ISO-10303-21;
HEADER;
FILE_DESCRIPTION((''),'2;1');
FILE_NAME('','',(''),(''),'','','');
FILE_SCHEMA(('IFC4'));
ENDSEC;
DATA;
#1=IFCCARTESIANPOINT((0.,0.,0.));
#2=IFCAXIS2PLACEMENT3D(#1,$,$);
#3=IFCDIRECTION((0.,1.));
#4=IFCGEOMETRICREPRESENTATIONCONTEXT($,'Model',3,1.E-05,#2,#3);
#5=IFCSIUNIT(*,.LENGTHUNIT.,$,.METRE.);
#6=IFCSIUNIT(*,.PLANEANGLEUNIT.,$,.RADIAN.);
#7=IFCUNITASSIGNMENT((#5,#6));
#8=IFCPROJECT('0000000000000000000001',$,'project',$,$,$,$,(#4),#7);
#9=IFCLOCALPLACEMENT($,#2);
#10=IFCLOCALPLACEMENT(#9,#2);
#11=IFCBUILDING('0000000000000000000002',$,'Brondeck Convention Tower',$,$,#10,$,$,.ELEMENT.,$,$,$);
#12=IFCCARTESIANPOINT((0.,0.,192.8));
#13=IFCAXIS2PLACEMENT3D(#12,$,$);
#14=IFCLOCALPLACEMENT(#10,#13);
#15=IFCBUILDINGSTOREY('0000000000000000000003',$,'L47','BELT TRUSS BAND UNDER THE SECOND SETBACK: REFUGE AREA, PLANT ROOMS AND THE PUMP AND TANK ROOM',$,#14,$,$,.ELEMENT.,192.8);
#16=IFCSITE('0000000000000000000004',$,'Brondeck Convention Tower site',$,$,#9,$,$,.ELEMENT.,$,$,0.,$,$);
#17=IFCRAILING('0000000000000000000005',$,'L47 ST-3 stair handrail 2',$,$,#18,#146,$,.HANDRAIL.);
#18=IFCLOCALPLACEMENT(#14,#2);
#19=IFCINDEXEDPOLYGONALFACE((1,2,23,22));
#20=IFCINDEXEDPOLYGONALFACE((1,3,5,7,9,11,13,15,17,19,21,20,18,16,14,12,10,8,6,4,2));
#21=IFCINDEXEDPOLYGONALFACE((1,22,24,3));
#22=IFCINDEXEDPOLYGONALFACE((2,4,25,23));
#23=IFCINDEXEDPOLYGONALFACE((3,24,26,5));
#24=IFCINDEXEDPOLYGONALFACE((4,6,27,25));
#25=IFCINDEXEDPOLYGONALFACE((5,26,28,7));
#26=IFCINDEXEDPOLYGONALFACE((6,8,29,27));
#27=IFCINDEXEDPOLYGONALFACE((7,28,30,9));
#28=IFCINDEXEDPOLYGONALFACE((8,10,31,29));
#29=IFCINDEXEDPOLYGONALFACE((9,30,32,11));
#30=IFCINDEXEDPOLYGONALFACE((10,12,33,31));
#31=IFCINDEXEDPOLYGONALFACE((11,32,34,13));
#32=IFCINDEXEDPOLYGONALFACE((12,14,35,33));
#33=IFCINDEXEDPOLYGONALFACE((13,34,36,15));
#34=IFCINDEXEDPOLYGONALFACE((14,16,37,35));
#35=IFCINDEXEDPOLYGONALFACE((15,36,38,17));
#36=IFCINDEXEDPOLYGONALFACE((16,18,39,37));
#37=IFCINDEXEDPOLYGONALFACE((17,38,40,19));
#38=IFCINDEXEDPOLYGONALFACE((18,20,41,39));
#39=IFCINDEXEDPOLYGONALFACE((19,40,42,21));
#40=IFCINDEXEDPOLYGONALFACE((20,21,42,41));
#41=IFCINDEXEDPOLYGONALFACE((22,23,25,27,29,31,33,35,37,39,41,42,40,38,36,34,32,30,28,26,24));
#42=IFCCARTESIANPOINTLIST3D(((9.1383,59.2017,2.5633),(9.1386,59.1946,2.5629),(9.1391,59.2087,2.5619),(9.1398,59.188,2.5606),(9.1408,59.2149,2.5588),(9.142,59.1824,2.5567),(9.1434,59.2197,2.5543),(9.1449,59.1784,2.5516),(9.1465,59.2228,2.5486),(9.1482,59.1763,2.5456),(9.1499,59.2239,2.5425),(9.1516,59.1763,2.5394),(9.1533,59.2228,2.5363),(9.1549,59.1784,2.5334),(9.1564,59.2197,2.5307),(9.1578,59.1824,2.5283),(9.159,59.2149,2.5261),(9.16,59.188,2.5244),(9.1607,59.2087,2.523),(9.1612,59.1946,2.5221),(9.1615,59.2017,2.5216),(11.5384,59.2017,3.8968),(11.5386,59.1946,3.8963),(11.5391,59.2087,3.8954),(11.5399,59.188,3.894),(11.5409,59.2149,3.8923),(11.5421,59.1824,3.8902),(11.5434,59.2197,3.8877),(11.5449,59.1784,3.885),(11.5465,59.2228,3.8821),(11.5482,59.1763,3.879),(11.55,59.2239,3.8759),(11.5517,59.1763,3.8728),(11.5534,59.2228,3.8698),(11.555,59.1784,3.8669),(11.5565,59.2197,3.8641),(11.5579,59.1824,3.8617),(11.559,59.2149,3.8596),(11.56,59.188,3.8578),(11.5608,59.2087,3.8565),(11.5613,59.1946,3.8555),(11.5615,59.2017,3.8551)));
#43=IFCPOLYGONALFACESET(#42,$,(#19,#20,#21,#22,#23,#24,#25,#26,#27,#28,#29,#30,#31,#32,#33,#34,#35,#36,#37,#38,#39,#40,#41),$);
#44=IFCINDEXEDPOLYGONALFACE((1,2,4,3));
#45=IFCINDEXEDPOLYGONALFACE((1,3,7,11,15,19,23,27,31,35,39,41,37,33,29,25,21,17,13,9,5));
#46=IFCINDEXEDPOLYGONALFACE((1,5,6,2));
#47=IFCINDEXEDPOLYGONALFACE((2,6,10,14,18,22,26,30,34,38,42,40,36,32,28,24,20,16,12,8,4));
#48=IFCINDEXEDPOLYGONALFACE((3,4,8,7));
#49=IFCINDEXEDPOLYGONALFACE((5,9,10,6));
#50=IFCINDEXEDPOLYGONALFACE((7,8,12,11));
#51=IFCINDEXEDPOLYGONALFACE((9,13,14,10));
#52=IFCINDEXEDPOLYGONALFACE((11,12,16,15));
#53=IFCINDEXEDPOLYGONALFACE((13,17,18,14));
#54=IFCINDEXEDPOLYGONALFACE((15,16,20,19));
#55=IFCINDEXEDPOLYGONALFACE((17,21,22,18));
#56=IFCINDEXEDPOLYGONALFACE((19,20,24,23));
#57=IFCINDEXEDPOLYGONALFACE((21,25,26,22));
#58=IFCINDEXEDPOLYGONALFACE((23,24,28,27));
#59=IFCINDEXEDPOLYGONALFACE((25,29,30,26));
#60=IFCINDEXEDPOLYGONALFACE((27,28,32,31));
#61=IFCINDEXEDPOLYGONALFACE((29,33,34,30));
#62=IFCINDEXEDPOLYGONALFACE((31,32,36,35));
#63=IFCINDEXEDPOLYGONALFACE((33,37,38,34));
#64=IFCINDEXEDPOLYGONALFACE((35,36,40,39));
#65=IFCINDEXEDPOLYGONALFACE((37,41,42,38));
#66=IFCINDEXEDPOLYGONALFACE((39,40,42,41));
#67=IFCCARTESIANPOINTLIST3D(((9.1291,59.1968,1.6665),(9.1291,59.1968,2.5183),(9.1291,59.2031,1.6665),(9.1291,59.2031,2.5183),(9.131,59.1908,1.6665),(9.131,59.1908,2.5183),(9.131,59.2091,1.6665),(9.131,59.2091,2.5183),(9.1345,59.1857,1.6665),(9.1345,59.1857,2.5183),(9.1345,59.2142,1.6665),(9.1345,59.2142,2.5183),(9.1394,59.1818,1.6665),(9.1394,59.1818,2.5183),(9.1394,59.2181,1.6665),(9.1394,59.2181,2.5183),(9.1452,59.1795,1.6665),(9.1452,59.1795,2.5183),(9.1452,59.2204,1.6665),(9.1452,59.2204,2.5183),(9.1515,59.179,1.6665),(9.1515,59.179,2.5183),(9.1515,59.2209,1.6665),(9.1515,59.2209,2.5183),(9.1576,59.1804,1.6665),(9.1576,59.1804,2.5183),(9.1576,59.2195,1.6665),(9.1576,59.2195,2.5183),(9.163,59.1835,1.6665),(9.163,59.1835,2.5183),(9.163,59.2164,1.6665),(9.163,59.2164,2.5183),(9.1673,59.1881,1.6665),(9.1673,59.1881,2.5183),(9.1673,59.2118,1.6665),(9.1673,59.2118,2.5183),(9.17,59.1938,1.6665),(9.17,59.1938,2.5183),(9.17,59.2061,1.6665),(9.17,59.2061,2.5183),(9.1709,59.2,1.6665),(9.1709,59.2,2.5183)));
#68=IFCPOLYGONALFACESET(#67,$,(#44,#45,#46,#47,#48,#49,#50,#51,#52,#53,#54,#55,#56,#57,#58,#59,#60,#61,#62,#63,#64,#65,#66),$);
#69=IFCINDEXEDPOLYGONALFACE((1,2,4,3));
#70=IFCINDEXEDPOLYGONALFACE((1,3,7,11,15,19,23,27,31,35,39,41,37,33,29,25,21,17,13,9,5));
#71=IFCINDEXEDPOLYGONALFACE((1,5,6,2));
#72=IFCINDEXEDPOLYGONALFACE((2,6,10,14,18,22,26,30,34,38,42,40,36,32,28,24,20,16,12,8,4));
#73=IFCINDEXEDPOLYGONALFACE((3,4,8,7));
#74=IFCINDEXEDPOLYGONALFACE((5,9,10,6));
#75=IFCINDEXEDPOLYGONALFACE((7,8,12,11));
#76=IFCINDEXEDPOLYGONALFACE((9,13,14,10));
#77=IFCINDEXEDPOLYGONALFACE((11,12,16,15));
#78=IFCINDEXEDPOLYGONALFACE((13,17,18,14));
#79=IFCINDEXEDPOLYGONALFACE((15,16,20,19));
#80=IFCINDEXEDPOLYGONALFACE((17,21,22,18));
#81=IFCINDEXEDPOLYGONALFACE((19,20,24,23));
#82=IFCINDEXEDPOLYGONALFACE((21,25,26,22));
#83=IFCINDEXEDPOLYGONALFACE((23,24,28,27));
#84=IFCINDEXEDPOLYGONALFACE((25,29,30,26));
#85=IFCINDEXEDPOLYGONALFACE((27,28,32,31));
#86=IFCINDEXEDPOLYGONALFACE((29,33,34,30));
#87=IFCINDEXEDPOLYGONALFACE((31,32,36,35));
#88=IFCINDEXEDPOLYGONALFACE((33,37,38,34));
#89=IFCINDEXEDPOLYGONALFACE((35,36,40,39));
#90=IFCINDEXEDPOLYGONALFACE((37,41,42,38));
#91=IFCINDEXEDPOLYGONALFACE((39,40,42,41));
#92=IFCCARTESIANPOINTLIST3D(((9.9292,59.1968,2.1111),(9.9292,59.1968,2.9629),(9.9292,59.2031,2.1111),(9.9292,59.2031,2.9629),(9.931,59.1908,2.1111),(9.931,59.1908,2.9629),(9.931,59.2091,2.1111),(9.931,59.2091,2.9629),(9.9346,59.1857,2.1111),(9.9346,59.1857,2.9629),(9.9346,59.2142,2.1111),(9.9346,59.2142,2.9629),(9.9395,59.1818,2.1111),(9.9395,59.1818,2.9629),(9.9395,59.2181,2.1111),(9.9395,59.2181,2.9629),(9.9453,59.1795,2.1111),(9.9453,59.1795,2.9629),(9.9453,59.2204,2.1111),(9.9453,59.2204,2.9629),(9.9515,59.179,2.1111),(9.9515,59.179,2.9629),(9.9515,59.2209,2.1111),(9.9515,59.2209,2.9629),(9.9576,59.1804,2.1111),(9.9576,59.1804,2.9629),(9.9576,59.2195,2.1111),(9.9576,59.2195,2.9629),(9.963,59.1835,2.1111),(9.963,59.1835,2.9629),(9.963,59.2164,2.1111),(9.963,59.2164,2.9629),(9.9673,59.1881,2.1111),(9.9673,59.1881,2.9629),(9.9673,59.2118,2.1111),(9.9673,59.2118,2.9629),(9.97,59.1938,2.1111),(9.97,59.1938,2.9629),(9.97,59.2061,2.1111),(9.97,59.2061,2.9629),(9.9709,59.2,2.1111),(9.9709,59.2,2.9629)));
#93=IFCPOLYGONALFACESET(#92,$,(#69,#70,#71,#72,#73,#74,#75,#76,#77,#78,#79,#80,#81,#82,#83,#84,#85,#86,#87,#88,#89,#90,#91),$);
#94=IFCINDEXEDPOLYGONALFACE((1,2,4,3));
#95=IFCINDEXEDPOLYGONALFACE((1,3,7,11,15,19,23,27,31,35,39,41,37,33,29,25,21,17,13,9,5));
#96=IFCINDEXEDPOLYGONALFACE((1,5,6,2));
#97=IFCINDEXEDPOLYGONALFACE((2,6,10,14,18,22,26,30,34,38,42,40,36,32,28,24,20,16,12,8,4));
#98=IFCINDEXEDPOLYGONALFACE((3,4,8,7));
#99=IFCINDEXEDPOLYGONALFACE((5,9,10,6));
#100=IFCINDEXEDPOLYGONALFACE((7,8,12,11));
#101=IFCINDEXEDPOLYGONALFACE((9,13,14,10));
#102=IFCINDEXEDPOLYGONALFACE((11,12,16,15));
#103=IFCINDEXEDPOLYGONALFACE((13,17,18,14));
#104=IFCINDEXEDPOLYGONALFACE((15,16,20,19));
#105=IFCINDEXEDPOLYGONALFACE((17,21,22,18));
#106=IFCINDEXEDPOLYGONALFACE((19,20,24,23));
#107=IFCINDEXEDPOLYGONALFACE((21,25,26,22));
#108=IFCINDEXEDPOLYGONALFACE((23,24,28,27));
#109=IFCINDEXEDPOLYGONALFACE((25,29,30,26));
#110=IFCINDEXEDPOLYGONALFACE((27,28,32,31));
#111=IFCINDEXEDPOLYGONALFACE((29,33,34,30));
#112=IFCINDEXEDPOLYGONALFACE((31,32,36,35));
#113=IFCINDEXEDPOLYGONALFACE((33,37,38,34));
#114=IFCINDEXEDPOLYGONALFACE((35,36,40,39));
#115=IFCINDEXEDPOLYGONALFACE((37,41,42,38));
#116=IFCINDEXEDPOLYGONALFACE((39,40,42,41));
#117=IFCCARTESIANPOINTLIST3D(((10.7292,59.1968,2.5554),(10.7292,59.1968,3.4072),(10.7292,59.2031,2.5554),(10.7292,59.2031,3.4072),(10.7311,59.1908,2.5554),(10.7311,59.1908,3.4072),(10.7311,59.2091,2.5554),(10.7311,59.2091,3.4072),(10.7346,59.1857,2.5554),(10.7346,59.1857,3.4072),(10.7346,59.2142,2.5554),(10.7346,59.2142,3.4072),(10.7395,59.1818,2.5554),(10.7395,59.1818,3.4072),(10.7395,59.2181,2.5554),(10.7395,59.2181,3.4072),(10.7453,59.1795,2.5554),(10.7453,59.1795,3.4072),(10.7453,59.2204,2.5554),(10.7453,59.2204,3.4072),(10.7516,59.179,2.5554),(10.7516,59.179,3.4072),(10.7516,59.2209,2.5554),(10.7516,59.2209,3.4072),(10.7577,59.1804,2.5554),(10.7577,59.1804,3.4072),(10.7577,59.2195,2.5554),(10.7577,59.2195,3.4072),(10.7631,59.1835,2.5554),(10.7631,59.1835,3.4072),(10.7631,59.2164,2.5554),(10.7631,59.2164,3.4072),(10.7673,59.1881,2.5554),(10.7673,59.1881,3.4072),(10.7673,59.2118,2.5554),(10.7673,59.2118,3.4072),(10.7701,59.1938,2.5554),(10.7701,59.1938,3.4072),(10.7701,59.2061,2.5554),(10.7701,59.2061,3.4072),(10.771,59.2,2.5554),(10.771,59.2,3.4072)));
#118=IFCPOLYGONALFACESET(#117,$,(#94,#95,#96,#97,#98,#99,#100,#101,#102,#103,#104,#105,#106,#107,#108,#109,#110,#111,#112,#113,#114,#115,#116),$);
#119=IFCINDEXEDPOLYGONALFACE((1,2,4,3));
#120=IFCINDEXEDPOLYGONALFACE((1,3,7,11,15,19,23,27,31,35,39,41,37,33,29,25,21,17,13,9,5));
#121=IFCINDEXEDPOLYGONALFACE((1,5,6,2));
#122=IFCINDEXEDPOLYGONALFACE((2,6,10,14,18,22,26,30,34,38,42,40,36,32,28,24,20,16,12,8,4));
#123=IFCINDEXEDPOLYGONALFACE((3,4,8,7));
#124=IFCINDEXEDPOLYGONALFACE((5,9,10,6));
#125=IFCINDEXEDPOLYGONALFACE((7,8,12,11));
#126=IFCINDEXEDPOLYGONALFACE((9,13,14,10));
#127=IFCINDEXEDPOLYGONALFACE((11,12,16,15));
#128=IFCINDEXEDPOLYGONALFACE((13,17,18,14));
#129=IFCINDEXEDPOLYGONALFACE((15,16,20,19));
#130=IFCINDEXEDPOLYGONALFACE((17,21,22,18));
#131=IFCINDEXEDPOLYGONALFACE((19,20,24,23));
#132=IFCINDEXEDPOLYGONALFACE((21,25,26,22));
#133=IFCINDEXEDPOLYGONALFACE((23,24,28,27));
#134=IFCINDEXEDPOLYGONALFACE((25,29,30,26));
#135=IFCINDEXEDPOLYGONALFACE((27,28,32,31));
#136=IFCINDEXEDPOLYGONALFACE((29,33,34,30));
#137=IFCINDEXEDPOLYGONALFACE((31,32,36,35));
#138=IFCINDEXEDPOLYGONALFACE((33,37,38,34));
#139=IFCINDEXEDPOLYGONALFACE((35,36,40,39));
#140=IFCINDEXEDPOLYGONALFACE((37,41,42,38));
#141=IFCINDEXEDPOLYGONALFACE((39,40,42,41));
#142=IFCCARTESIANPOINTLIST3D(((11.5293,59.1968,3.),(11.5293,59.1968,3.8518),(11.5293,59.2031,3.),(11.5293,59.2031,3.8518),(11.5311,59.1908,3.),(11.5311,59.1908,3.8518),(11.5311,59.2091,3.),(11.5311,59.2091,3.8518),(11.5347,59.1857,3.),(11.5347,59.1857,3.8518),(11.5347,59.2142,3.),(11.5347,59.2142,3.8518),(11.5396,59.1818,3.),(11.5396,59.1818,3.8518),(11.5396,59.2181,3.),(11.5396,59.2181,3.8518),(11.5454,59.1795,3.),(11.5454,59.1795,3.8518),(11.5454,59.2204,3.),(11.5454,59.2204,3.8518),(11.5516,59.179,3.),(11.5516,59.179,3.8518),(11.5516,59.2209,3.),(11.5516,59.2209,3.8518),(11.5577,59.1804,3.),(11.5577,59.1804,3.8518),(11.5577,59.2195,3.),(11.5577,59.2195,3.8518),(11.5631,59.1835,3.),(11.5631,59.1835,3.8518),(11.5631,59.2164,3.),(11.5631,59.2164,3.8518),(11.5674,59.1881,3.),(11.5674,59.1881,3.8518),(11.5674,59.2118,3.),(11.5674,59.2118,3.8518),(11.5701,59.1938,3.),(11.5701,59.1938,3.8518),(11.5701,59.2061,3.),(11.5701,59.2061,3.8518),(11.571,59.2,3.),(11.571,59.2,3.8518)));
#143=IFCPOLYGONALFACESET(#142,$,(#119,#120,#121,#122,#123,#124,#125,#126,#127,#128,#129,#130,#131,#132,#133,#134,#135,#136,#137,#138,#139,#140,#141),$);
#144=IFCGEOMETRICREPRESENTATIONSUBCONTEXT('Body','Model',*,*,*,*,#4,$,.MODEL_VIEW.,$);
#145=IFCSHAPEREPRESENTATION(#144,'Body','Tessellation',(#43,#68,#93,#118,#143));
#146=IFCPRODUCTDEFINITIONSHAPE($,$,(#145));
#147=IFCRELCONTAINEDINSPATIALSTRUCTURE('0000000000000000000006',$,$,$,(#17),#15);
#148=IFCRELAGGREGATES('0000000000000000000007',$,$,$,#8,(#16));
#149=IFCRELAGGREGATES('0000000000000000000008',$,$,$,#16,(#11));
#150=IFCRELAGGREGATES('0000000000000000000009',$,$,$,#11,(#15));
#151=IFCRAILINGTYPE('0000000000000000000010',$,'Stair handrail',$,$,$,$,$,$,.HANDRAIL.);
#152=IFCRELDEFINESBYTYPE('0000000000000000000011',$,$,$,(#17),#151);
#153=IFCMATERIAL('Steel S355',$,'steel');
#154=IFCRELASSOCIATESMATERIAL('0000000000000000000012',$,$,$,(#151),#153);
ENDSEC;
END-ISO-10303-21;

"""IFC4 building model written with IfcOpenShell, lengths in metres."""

from ifc_helpers import new_model, si_unit, direction, frame, origin, origin_2d, place, context, subcontext, project, spatial, circle, extrude, material, type_object, element, save


model = new_model("IFC4")

# Units and contexts
model_context = context("Model", 3, precision=1e-05, world=origin(), true_north=direction((0.0, 1.0)))
body_context = subcontext(model_context, "Body", "Model", "MODEL_VIEW")
ifc_project = project(units=[si_unit("LENGTHUNIT", "METRE"), si_unit("PLANEANGLEUNIT", "RADIAN")], contexts=[model_context])

# Site, building, storey
site_placement = place(None, origin())
site = spatial("IfcSite", under=ifc_project, at=site_placement, Name="Brondeck Convention Tower site", CompositionType="ELEMENT", RefElevation=0.0)
building_placement = place(site_placement, origin())
building = spatial("IfcBuilding", under=site, at=building_placement, Name="Brondeck Convention Tower", CompositionType="ELEMENT")
storey_placement = place(building_placement, frame((0.0, 0.0, 192.8)))
storey = spatial("IfcBuildingStorey", under=building, at=storey_placement, Name="L47", Description="BELT TRUSS BAND UNDER THE SECOND SETBACK: REFUGE AREA, PLANT ROOMS AND THE PUMP AND TANK ROOM", CompositionType="ELEMENT", Elevation=192.8)

# Shared definitions
ifc_material_1 = material(Name="Steel S355", Category="steel")

# Railing
railing_type_1 = type_object("IfcRailingType", Name="Stair handrail", PredefinedType="HANDRAIL", material=ifc_material_1)
railing_1_placement = place(storey_placement, frame((9.1499, 59.2, 1.6665)))
element("IfcRailing", 1, at=railing_1_placement, inside=storey, type_object=railing_type_1, Name="L47 ST-3 stair handrail 2", PredefinedType="HANDRAIL", context=body_context, shape_type="SweptSolid", body=[
    extrude(circle(Radius=0.0239, at=origin_2d()), frame((0.0, 0.0, 0.876), z_axis=(0.874145, 0.0, 0.485666), x_axis=(0.0, 1.0, 0.0)), (0.0, 0.0, 1.0), 2.7456),
    extrude(circle(Radius=0.021, at=origin_2d()), origin(), (0.0, 0.0, 1.0), 0.8518),
    extrude(circle(Radius=0.021, at=origin_2d()), frame((0.8, 0.0, 0.4446)), (0.0, 0.0, 1.0), 0.8518),
    extrude(circle(Radius=0.021, at=origin_2d()), frame((1.6001, 0.0, 0.8889)), (0.0, 0.0, 1.0), 0.8518),
    extrude(circle(Radius=0.021, at=origin_2d()), frame((2.4001, 0.0, 1.3335)), (0.0, 0.0, 1.0), 0.8518),
])

save(model, "model.ifc")
